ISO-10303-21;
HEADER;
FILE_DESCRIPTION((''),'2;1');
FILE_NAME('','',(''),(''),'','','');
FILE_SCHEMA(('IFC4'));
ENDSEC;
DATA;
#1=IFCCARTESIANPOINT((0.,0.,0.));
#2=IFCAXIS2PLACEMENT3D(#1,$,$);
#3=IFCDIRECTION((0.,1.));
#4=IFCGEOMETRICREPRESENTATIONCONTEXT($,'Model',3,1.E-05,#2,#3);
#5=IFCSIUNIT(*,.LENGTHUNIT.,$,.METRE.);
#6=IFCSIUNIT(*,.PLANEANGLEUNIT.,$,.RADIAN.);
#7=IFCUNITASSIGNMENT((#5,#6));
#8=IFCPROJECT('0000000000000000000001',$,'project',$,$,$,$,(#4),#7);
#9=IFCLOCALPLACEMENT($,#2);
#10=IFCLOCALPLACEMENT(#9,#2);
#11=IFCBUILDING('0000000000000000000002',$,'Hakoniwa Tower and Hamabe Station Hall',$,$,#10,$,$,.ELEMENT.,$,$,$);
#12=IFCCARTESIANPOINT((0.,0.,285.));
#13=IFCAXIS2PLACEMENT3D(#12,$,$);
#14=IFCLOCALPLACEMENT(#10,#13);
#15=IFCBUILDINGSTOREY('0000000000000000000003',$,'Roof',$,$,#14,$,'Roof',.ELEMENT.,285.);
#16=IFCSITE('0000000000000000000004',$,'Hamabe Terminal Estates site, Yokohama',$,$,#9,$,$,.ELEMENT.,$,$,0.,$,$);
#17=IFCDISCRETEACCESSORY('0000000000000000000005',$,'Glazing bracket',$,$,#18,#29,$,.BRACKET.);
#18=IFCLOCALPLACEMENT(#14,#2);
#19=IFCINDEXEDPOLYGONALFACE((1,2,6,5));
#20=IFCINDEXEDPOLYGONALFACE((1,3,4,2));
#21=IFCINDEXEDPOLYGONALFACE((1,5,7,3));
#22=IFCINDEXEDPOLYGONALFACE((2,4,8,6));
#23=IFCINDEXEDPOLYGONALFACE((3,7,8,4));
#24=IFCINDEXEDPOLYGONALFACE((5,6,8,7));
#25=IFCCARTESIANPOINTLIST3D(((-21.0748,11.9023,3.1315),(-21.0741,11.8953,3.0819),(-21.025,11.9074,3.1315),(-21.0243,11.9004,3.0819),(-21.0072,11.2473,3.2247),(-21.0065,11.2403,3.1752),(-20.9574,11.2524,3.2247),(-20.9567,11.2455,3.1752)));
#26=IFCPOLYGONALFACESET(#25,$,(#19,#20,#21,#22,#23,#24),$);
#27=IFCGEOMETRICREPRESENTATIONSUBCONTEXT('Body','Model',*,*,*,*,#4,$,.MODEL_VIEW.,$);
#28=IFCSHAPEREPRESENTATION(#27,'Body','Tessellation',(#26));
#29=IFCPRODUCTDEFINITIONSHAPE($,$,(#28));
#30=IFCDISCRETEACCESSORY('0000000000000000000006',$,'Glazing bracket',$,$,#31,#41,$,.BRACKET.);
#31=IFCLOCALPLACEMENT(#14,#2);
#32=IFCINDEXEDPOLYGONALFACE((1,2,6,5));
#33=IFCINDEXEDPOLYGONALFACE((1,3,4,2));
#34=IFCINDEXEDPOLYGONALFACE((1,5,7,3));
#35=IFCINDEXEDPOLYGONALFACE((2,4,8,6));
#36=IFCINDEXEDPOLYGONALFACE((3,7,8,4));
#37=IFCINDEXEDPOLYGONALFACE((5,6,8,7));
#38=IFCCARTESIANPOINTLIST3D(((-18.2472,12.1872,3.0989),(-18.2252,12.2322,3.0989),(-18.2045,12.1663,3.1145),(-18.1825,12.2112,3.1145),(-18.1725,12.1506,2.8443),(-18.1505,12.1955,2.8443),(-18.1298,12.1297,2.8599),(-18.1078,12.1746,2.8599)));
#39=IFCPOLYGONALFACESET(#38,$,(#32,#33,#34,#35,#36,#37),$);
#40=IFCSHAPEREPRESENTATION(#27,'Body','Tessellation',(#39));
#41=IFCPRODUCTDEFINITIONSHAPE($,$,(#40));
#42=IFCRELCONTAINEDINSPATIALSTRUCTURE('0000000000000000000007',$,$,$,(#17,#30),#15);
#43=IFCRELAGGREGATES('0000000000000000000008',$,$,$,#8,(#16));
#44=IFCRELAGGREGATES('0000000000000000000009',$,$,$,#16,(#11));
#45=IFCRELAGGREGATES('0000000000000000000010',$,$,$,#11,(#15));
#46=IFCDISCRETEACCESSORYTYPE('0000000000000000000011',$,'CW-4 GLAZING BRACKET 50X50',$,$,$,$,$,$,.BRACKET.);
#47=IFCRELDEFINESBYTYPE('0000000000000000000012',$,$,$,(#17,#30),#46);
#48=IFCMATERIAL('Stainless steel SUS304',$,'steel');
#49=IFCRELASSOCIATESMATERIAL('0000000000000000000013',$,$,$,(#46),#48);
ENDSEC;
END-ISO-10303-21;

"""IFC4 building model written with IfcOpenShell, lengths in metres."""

from ifc_helpers import new_model, si_unit, direction, frame, origin, origin_2d, place, context, subcontext, project, spatial, rectangle, extrude, material, material_profile, profile_set, type_object, element, save


model = new_model("IFC4")

# Units and contexts
model_context = context("Model", 3, precision=1e-05, world=origin(), true_north=direction((0.0, 1.0)))
body_context = subcontext(model_context, "Body", "Model", "MODEL_VIEW")
ifc_project = project(units=[si_unit("LENGTHUNIT", "METRE"), si_unit("PLANEANGLEUNIT", "RADIAN")], contexts=[model_context])

# Site, building, storey
site_placement = place(None, origin())
site = spatial("IfcSite", under=ifc_project, at=site_placement, Name="Hamabe Terminal Estates site, Yokohama", CompositionType="ELEMENT", RefElevation=0.0)
building_placement = place(site_placement, origin())
building = spatial("IfcBuilding", under=site, at=building_placement, Name="Hakoniwa Tower and Hamabe Station Hall", CompositionType="ELEMENT")
storey_placement = place(building_placement, frame((0.0, 0.0, 285.0)))
storey = spatial("IfcBuildingStorey", under=building, at=storey_placement, Name="Roof", LongName="Roof", CompositionType="ELEMENT", Elevation=285.0)

# Discrete accessories
ifc_material_1 = material(Name="Stainless steel SUS304", Category="steel")
ifc_material_profile_1 = material_profile(ifc_material_1, rectangle(XDim=0.05, YDim=0.05, at=origin_2d()), Name="CW-4 GLAZING BRACKET 50X50")
ifc_profile_set_1 = profile_set([ifc_material_profile_1], Name="Stainless steel SUS304")
discrete_accessory_type = type_object("IfcDiscreteAccessoryType", Name="CW-4 GLAZING BRACKET 50X50", PredefinedType="BRACKET", material=ifc_profile_set_1)
discrete_accessory_1_placement = place(storey_placement, frame((-21.0496, 11.9014, 3.1067), z_axis=(0.101682, -0.984884, 0.140226), x_axis=(0.994713, 0.102697, 0.0)))
element("IfcDiscreteAccessory", 1, at=discrete_accessory_1_placement, inside=storey, type_object=discrete_accessory_type, Name="Glazing bracket", PredefinedType="BRACKET", context=body_context, shape_type="SweptSolid", body=[
    extrude(rectangle(XDim=0.05, YDim=0.05, at=origin_2d()), origin(), (0.0, 0.0, 1.0), 0.665),
])
discrete_accessory_2_placement = place(storey_placement, frame((-18.2148, 12.1992, 3.1067), z_axis=(0.278876, -0.136704, -0.950547), x_axis=(0.440157, 0.897921, 0.0)))
element("IfcDiscreteAccessory", 2, at=discrete_accessory_2_placement, inside=storey, type_object=discrete_accessory_type, Name="Glazing bracket", PredefinedType="BRACKET", context=body_context, shape_type="SweptSolid", body=[
    extrude(rectangle(XDim=0.05, YDim=0.05, at=origin_2d()), origin(), (0.0, 0.0, 1.0), 0.2678),
])

save(model, "model.ifc")
